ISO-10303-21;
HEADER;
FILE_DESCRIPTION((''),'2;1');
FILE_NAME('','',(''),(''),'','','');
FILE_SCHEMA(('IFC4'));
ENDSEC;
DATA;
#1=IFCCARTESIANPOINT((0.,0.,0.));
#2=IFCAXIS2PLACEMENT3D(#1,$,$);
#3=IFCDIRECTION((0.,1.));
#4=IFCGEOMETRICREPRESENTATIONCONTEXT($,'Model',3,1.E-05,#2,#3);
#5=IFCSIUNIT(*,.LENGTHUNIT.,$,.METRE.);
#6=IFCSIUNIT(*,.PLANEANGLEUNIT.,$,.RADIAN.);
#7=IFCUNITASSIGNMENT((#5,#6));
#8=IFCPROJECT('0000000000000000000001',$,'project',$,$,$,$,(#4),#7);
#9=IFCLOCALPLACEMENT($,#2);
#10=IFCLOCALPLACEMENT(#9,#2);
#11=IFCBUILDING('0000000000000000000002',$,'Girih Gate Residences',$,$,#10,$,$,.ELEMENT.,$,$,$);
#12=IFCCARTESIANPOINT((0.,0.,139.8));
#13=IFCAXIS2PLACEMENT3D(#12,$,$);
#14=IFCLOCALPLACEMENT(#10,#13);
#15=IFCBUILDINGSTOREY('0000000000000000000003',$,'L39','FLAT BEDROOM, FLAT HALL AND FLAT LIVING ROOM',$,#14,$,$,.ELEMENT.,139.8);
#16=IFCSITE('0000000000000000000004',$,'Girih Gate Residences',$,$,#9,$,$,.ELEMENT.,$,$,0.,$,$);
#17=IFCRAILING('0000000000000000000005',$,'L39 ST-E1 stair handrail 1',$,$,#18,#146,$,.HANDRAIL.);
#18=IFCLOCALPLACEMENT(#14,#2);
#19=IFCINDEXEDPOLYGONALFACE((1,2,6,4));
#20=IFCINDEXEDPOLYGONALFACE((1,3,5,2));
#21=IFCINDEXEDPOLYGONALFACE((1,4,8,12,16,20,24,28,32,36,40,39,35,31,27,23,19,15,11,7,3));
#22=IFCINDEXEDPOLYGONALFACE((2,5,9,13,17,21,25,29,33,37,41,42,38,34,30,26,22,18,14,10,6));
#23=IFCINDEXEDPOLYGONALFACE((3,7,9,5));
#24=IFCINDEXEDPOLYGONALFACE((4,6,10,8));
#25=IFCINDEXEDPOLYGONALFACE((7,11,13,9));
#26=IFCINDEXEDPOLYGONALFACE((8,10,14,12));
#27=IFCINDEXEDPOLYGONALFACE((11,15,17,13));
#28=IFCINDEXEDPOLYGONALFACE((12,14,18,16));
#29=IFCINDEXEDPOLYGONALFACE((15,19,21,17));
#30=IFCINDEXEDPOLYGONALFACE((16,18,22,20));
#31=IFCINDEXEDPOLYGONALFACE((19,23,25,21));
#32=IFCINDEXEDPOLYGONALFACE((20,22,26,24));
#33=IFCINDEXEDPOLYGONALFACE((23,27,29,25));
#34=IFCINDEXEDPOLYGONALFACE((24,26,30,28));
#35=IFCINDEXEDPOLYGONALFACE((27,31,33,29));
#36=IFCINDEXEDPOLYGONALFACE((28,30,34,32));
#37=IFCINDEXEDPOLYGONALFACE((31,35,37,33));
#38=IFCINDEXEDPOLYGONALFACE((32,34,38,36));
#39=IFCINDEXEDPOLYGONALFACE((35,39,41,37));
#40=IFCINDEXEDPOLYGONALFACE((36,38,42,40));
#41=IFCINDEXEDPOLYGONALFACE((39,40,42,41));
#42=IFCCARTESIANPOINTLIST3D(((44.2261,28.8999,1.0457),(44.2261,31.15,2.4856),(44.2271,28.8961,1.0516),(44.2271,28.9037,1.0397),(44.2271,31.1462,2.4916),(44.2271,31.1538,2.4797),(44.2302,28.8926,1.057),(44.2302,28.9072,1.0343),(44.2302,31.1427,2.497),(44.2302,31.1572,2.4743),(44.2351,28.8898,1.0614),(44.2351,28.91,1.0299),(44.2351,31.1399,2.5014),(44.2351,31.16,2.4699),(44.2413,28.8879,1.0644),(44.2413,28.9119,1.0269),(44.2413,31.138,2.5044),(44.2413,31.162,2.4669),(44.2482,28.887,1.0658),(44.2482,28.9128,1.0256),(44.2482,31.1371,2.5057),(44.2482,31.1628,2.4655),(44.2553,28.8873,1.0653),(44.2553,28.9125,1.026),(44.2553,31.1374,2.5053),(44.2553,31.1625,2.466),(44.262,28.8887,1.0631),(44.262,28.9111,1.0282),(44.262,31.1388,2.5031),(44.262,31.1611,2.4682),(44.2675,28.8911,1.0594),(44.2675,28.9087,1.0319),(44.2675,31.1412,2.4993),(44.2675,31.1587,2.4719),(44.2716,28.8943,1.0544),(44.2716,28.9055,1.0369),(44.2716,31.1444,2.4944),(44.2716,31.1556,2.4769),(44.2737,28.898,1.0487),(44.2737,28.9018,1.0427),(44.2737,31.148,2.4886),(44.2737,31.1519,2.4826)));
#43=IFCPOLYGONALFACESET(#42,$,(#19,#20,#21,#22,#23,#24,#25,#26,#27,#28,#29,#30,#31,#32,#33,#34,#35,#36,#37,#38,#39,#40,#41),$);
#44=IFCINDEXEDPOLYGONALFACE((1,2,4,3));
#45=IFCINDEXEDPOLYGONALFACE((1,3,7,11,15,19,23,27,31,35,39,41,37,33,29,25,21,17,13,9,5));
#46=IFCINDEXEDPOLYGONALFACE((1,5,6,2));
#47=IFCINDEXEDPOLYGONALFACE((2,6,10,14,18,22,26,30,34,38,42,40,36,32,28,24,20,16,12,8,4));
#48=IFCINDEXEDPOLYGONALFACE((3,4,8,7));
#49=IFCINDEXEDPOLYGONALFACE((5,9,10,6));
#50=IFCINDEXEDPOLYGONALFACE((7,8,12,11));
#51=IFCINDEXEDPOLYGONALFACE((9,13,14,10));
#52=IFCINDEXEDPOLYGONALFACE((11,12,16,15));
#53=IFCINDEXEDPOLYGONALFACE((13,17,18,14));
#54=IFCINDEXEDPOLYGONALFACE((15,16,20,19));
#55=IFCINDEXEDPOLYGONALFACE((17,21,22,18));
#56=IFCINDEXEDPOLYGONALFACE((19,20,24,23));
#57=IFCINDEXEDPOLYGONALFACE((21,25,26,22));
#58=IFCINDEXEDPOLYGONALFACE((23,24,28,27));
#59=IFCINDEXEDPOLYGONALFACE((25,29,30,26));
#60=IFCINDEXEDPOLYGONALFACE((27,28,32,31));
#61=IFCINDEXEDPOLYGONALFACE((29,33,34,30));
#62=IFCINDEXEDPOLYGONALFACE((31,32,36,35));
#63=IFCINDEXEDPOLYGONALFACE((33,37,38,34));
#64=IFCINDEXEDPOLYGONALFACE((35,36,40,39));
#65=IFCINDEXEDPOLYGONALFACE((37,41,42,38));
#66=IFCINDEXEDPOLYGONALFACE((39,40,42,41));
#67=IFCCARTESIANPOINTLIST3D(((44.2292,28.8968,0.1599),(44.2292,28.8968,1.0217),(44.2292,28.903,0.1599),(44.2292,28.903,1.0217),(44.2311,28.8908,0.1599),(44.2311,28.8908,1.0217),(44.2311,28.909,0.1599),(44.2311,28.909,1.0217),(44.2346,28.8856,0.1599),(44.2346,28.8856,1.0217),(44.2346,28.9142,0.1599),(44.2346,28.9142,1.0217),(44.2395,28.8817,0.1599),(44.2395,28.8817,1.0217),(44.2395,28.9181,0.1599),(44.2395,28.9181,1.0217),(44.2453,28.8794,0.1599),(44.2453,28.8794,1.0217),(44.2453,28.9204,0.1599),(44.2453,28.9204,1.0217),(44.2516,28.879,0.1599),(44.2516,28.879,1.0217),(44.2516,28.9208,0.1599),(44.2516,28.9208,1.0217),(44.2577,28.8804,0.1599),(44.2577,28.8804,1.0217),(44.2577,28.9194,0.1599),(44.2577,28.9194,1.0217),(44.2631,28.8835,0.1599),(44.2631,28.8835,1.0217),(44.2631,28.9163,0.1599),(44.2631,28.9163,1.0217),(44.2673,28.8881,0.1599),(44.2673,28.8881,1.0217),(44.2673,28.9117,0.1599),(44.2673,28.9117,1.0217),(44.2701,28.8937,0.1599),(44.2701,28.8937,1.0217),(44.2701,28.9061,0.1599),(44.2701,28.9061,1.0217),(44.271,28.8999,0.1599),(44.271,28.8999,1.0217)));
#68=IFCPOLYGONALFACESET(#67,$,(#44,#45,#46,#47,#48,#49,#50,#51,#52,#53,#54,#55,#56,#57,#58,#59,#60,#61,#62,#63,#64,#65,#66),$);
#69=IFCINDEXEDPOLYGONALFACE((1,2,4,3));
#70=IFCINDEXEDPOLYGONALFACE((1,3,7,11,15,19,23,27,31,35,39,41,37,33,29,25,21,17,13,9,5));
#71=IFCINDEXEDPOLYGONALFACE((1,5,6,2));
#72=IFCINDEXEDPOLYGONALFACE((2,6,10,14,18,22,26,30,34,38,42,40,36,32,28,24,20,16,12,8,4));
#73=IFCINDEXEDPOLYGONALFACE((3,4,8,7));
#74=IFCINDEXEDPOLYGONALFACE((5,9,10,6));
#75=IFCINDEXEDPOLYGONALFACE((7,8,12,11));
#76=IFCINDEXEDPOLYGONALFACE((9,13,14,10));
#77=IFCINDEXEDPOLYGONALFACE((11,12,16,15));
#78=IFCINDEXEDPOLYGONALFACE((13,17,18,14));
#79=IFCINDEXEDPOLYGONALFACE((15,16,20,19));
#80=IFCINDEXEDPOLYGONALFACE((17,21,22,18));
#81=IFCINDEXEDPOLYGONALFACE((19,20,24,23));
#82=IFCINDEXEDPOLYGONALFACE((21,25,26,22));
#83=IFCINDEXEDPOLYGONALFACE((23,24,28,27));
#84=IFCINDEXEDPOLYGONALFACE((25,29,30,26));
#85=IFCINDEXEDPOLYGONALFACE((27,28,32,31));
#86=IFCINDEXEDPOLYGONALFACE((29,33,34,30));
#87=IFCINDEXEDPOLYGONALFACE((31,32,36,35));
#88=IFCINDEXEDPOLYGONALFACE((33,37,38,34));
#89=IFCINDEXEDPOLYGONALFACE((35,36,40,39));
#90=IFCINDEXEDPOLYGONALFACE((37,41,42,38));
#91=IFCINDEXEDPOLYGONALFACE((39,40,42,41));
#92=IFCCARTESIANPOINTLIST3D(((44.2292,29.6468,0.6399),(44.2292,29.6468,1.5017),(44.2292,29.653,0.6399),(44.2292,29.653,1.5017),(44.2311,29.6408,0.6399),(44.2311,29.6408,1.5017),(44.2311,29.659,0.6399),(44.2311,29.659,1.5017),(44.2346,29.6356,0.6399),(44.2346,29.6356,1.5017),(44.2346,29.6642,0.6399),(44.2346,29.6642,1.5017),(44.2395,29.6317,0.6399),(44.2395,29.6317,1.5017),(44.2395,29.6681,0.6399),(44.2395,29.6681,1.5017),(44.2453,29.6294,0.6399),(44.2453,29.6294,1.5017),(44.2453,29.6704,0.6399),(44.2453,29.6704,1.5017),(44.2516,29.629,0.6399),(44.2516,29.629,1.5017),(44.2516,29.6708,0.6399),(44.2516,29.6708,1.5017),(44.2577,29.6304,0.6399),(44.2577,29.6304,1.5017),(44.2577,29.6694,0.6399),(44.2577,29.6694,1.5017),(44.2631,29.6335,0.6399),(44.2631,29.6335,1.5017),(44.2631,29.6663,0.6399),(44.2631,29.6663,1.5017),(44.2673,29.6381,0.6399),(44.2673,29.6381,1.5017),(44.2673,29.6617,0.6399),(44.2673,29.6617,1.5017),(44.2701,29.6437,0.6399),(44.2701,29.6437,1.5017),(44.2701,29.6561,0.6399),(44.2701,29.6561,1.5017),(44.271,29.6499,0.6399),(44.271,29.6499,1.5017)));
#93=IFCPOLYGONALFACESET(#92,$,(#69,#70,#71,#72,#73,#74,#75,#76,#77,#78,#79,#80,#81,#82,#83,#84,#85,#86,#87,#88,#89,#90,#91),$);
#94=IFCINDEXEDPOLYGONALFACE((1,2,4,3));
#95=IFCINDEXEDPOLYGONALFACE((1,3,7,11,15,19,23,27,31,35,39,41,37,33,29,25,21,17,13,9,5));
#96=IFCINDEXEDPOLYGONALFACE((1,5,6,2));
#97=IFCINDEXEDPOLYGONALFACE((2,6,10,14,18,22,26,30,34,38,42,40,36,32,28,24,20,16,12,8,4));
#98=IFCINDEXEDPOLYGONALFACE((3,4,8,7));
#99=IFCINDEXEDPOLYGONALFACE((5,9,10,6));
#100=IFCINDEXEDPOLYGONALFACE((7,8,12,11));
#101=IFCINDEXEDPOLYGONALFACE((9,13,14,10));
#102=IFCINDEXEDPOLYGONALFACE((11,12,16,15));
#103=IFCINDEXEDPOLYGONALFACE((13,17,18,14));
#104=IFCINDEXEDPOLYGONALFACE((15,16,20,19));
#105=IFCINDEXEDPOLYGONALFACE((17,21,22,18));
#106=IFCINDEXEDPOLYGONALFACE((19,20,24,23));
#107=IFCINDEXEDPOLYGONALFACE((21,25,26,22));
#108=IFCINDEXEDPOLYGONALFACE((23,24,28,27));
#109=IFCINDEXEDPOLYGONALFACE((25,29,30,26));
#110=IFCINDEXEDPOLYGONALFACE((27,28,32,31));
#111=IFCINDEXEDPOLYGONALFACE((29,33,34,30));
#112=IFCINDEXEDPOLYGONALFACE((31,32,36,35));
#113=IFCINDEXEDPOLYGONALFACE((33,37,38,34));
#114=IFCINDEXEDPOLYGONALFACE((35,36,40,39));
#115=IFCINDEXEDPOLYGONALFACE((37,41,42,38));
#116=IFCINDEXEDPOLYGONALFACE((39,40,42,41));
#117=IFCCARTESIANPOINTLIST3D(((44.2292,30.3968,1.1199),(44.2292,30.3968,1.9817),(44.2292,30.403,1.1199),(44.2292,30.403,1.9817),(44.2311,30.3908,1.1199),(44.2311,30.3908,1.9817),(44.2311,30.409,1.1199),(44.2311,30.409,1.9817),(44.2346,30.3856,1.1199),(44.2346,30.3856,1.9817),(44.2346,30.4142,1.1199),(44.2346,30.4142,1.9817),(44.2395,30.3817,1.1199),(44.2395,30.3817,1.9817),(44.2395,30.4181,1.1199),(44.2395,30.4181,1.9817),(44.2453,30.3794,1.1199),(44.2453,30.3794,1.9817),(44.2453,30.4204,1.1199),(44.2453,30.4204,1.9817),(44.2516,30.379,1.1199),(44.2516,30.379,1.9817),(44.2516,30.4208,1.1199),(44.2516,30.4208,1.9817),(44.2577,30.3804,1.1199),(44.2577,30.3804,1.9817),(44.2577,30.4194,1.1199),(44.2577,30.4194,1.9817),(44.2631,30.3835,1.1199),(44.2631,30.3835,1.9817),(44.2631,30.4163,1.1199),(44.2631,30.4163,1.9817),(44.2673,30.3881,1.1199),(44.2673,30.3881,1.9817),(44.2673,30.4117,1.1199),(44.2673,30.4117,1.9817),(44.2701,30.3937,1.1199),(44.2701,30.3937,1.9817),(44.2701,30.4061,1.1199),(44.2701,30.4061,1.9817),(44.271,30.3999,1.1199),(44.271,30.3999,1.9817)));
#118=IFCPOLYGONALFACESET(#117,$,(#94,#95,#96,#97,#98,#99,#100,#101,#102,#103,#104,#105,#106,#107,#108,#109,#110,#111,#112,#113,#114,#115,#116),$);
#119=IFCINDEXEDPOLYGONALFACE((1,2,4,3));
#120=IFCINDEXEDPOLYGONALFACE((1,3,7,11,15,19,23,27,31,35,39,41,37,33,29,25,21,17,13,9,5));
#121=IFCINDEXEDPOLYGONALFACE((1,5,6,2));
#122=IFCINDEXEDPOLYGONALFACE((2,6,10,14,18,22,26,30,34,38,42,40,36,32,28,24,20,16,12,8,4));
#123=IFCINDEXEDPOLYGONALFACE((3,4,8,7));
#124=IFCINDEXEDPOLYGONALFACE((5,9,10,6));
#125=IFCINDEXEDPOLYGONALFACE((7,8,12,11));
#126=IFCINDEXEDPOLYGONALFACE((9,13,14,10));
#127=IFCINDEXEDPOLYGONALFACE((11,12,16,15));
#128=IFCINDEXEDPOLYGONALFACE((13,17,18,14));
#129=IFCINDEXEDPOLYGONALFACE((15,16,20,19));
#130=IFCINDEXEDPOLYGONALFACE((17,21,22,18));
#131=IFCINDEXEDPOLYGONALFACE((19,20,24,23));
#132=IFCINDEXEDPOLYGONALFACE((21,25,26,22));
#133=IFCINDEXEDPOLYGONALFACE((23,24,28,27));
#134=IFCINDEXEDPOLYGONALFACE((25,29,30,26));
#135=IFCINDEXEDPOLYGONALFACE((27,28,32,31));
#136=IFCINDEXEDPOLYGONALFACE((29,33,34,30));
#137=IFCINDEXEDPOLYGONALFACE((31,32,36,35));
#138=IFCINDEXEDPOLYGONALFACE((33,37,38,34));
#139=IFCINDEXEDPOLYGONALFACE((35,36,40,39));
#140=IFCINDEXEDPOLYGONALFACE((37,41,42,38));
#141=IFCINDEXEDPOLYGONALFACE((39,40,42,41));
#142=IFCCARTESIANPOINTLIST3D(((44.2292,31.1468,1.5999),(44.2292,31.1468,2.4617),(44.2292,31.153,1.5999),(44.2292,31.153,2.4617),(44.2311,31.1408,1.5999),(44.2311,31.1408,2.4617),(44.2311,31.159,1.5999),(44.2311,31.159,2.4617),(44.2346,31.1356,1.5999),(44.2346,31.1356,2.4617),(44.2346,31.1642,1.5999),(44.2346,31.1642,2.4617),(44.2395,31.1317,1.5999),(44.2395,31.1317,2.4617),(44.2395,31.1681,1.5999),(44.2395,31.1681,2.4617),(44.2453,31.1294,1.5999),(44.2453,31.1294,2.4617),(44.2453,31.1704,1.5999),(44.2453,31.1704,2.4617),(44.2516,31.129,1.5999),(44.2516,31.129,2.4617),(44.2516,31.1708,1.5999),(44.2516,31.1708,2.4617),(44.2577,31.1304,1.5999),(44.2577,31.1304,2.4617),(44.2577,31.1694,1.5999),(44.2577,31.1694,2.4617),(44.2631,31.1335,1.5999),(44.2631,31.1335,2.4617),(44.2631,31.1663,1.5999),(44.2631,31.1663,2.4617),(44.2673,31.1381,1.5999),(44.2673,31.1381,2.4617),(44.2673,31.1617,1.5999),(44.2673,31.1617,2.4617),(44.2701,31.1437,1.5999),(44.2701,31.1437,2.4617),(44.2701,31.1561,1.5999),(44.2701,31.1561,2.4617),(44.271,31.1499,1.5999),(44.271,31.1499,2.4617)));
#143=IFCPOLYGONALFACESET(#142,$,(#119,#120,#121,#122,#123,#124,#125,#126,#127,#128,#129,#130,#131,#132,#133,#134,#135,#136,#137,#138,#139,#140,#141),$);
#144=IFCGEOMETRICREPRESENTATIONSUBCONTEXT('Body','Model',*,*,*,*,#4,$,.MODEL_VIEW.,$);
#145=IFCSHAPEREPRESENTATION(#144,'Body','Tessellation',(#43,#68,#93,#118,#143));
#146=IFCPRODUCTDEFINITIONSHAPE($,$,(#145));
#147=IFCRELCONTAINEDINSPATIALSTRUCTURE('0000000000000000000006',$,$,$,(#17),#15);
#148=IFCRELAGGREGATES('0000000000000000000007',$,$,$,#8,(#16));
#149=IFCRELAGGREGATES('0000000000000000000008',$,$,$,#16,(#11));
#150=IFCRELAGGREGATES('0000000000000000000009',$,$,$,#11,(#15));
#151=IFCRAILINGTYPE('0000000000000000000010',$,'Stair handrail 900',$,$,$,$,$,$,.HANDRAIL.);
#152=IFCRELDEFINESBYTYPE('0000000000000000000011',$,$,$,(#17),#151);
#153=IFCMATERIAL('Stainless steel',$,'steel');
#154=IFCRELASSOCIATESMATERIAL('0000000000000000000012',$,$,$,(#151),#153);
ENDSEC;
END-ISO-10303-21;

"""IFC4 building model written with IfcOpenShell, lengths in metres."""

from ifc_helpers import new_model, si_unit, direction, frame, origin, origin_2d, place, context, subcontext, project, spatial, circle, extrude, material, type_object, element, save


model = new_model("IFC4")

# Units and contexts
model_context = context("Model", 3, precision=1e-05, world=origin(), true_north=direction((0.0, 1.0)))
body_context = subcontext(model_context, "Body", "Model", "MODEL_VIEW")
ifc_project = project(units=[si_unit("LENGTHUNIT", "METRE"), si_unit("PLANEANGLEUNIT", "RADIAN")], contexts=[model_context])

# Site, building, storey
site_placement = place(None, origin())
site = spatial("IfcSite", under=ifc_project, at=site_placement, Name="Girih Gate Residences", CompositionType="ELEMENT", RefElevation=0.0)
building_placement = place(site_placement, origin())
building = spatial("IfcBuilding", under=site, at=building_placement, Name="Girih Gate Residences", CompositionType="ELEMENT")
storey_placement = place(building_placement, frame((0.0, 0.0, 139.8)))
storey = spatial("IfcBuildingStorey", under=building, at=storey_placement, Name="L39", Description="FLAT BEDROOM, FLAT HALL AND FLAT LIVING ROOM", CompositionType="ELEMENT", Elevation=139.8)

# Railing
ifc_material_1 = material(Name="Stainless steel", Category="steel")
railing_type_1 = type_object("IfcRailingType", Name="Stair handrail 900", PredefinedType="HANDRAIL", material=ifc_material_1)
railing_1_placement = place(storey_placement, frame((44.25, 28.8999, 0.1599)))
element("IfcRailing", 1, at=railing_1_placement, inside=storey, type_object=railing_type_1, Name="L39 ST-E1 stair handrail 1", PredefinedType="HANDRAIL", context=body_context, shape_type="SweptSolid", body=[
    extrude(circle(Radius=0.0239, at=origin_2d()), frame((0.0, 0.0, 0.8857), z_axis=(0.0, 0.842281, 0.539038), x_axis=(-1.0, 0.0, 0.0)), (0.0, 0.0, 1.0), 2.6714),
    extrude(circle(Radius=0.021, at=origin_2d()), origin(), (0.0, 0.0, 1.0), 0.8618),
    extrude(circle(Radius=0.021, at=origin_2d()), frame((0.0, 0.75, 0.48)), (0.0, 0.0, 1.0), 0.8618),
    extrude(circle(Radius=0.021, at=origin_2d()), frame((0.0, 1.5, 0.96)), (0.0, 0.0, 1.0), 0.8618),
    extrude(circle(Radius=0.021, at=origin_2d()), frame((0.0, 2.25, 1.4399)), (0.0, 0.0, 1.0), 0.8618),
])

save(model, "model.ifc")
